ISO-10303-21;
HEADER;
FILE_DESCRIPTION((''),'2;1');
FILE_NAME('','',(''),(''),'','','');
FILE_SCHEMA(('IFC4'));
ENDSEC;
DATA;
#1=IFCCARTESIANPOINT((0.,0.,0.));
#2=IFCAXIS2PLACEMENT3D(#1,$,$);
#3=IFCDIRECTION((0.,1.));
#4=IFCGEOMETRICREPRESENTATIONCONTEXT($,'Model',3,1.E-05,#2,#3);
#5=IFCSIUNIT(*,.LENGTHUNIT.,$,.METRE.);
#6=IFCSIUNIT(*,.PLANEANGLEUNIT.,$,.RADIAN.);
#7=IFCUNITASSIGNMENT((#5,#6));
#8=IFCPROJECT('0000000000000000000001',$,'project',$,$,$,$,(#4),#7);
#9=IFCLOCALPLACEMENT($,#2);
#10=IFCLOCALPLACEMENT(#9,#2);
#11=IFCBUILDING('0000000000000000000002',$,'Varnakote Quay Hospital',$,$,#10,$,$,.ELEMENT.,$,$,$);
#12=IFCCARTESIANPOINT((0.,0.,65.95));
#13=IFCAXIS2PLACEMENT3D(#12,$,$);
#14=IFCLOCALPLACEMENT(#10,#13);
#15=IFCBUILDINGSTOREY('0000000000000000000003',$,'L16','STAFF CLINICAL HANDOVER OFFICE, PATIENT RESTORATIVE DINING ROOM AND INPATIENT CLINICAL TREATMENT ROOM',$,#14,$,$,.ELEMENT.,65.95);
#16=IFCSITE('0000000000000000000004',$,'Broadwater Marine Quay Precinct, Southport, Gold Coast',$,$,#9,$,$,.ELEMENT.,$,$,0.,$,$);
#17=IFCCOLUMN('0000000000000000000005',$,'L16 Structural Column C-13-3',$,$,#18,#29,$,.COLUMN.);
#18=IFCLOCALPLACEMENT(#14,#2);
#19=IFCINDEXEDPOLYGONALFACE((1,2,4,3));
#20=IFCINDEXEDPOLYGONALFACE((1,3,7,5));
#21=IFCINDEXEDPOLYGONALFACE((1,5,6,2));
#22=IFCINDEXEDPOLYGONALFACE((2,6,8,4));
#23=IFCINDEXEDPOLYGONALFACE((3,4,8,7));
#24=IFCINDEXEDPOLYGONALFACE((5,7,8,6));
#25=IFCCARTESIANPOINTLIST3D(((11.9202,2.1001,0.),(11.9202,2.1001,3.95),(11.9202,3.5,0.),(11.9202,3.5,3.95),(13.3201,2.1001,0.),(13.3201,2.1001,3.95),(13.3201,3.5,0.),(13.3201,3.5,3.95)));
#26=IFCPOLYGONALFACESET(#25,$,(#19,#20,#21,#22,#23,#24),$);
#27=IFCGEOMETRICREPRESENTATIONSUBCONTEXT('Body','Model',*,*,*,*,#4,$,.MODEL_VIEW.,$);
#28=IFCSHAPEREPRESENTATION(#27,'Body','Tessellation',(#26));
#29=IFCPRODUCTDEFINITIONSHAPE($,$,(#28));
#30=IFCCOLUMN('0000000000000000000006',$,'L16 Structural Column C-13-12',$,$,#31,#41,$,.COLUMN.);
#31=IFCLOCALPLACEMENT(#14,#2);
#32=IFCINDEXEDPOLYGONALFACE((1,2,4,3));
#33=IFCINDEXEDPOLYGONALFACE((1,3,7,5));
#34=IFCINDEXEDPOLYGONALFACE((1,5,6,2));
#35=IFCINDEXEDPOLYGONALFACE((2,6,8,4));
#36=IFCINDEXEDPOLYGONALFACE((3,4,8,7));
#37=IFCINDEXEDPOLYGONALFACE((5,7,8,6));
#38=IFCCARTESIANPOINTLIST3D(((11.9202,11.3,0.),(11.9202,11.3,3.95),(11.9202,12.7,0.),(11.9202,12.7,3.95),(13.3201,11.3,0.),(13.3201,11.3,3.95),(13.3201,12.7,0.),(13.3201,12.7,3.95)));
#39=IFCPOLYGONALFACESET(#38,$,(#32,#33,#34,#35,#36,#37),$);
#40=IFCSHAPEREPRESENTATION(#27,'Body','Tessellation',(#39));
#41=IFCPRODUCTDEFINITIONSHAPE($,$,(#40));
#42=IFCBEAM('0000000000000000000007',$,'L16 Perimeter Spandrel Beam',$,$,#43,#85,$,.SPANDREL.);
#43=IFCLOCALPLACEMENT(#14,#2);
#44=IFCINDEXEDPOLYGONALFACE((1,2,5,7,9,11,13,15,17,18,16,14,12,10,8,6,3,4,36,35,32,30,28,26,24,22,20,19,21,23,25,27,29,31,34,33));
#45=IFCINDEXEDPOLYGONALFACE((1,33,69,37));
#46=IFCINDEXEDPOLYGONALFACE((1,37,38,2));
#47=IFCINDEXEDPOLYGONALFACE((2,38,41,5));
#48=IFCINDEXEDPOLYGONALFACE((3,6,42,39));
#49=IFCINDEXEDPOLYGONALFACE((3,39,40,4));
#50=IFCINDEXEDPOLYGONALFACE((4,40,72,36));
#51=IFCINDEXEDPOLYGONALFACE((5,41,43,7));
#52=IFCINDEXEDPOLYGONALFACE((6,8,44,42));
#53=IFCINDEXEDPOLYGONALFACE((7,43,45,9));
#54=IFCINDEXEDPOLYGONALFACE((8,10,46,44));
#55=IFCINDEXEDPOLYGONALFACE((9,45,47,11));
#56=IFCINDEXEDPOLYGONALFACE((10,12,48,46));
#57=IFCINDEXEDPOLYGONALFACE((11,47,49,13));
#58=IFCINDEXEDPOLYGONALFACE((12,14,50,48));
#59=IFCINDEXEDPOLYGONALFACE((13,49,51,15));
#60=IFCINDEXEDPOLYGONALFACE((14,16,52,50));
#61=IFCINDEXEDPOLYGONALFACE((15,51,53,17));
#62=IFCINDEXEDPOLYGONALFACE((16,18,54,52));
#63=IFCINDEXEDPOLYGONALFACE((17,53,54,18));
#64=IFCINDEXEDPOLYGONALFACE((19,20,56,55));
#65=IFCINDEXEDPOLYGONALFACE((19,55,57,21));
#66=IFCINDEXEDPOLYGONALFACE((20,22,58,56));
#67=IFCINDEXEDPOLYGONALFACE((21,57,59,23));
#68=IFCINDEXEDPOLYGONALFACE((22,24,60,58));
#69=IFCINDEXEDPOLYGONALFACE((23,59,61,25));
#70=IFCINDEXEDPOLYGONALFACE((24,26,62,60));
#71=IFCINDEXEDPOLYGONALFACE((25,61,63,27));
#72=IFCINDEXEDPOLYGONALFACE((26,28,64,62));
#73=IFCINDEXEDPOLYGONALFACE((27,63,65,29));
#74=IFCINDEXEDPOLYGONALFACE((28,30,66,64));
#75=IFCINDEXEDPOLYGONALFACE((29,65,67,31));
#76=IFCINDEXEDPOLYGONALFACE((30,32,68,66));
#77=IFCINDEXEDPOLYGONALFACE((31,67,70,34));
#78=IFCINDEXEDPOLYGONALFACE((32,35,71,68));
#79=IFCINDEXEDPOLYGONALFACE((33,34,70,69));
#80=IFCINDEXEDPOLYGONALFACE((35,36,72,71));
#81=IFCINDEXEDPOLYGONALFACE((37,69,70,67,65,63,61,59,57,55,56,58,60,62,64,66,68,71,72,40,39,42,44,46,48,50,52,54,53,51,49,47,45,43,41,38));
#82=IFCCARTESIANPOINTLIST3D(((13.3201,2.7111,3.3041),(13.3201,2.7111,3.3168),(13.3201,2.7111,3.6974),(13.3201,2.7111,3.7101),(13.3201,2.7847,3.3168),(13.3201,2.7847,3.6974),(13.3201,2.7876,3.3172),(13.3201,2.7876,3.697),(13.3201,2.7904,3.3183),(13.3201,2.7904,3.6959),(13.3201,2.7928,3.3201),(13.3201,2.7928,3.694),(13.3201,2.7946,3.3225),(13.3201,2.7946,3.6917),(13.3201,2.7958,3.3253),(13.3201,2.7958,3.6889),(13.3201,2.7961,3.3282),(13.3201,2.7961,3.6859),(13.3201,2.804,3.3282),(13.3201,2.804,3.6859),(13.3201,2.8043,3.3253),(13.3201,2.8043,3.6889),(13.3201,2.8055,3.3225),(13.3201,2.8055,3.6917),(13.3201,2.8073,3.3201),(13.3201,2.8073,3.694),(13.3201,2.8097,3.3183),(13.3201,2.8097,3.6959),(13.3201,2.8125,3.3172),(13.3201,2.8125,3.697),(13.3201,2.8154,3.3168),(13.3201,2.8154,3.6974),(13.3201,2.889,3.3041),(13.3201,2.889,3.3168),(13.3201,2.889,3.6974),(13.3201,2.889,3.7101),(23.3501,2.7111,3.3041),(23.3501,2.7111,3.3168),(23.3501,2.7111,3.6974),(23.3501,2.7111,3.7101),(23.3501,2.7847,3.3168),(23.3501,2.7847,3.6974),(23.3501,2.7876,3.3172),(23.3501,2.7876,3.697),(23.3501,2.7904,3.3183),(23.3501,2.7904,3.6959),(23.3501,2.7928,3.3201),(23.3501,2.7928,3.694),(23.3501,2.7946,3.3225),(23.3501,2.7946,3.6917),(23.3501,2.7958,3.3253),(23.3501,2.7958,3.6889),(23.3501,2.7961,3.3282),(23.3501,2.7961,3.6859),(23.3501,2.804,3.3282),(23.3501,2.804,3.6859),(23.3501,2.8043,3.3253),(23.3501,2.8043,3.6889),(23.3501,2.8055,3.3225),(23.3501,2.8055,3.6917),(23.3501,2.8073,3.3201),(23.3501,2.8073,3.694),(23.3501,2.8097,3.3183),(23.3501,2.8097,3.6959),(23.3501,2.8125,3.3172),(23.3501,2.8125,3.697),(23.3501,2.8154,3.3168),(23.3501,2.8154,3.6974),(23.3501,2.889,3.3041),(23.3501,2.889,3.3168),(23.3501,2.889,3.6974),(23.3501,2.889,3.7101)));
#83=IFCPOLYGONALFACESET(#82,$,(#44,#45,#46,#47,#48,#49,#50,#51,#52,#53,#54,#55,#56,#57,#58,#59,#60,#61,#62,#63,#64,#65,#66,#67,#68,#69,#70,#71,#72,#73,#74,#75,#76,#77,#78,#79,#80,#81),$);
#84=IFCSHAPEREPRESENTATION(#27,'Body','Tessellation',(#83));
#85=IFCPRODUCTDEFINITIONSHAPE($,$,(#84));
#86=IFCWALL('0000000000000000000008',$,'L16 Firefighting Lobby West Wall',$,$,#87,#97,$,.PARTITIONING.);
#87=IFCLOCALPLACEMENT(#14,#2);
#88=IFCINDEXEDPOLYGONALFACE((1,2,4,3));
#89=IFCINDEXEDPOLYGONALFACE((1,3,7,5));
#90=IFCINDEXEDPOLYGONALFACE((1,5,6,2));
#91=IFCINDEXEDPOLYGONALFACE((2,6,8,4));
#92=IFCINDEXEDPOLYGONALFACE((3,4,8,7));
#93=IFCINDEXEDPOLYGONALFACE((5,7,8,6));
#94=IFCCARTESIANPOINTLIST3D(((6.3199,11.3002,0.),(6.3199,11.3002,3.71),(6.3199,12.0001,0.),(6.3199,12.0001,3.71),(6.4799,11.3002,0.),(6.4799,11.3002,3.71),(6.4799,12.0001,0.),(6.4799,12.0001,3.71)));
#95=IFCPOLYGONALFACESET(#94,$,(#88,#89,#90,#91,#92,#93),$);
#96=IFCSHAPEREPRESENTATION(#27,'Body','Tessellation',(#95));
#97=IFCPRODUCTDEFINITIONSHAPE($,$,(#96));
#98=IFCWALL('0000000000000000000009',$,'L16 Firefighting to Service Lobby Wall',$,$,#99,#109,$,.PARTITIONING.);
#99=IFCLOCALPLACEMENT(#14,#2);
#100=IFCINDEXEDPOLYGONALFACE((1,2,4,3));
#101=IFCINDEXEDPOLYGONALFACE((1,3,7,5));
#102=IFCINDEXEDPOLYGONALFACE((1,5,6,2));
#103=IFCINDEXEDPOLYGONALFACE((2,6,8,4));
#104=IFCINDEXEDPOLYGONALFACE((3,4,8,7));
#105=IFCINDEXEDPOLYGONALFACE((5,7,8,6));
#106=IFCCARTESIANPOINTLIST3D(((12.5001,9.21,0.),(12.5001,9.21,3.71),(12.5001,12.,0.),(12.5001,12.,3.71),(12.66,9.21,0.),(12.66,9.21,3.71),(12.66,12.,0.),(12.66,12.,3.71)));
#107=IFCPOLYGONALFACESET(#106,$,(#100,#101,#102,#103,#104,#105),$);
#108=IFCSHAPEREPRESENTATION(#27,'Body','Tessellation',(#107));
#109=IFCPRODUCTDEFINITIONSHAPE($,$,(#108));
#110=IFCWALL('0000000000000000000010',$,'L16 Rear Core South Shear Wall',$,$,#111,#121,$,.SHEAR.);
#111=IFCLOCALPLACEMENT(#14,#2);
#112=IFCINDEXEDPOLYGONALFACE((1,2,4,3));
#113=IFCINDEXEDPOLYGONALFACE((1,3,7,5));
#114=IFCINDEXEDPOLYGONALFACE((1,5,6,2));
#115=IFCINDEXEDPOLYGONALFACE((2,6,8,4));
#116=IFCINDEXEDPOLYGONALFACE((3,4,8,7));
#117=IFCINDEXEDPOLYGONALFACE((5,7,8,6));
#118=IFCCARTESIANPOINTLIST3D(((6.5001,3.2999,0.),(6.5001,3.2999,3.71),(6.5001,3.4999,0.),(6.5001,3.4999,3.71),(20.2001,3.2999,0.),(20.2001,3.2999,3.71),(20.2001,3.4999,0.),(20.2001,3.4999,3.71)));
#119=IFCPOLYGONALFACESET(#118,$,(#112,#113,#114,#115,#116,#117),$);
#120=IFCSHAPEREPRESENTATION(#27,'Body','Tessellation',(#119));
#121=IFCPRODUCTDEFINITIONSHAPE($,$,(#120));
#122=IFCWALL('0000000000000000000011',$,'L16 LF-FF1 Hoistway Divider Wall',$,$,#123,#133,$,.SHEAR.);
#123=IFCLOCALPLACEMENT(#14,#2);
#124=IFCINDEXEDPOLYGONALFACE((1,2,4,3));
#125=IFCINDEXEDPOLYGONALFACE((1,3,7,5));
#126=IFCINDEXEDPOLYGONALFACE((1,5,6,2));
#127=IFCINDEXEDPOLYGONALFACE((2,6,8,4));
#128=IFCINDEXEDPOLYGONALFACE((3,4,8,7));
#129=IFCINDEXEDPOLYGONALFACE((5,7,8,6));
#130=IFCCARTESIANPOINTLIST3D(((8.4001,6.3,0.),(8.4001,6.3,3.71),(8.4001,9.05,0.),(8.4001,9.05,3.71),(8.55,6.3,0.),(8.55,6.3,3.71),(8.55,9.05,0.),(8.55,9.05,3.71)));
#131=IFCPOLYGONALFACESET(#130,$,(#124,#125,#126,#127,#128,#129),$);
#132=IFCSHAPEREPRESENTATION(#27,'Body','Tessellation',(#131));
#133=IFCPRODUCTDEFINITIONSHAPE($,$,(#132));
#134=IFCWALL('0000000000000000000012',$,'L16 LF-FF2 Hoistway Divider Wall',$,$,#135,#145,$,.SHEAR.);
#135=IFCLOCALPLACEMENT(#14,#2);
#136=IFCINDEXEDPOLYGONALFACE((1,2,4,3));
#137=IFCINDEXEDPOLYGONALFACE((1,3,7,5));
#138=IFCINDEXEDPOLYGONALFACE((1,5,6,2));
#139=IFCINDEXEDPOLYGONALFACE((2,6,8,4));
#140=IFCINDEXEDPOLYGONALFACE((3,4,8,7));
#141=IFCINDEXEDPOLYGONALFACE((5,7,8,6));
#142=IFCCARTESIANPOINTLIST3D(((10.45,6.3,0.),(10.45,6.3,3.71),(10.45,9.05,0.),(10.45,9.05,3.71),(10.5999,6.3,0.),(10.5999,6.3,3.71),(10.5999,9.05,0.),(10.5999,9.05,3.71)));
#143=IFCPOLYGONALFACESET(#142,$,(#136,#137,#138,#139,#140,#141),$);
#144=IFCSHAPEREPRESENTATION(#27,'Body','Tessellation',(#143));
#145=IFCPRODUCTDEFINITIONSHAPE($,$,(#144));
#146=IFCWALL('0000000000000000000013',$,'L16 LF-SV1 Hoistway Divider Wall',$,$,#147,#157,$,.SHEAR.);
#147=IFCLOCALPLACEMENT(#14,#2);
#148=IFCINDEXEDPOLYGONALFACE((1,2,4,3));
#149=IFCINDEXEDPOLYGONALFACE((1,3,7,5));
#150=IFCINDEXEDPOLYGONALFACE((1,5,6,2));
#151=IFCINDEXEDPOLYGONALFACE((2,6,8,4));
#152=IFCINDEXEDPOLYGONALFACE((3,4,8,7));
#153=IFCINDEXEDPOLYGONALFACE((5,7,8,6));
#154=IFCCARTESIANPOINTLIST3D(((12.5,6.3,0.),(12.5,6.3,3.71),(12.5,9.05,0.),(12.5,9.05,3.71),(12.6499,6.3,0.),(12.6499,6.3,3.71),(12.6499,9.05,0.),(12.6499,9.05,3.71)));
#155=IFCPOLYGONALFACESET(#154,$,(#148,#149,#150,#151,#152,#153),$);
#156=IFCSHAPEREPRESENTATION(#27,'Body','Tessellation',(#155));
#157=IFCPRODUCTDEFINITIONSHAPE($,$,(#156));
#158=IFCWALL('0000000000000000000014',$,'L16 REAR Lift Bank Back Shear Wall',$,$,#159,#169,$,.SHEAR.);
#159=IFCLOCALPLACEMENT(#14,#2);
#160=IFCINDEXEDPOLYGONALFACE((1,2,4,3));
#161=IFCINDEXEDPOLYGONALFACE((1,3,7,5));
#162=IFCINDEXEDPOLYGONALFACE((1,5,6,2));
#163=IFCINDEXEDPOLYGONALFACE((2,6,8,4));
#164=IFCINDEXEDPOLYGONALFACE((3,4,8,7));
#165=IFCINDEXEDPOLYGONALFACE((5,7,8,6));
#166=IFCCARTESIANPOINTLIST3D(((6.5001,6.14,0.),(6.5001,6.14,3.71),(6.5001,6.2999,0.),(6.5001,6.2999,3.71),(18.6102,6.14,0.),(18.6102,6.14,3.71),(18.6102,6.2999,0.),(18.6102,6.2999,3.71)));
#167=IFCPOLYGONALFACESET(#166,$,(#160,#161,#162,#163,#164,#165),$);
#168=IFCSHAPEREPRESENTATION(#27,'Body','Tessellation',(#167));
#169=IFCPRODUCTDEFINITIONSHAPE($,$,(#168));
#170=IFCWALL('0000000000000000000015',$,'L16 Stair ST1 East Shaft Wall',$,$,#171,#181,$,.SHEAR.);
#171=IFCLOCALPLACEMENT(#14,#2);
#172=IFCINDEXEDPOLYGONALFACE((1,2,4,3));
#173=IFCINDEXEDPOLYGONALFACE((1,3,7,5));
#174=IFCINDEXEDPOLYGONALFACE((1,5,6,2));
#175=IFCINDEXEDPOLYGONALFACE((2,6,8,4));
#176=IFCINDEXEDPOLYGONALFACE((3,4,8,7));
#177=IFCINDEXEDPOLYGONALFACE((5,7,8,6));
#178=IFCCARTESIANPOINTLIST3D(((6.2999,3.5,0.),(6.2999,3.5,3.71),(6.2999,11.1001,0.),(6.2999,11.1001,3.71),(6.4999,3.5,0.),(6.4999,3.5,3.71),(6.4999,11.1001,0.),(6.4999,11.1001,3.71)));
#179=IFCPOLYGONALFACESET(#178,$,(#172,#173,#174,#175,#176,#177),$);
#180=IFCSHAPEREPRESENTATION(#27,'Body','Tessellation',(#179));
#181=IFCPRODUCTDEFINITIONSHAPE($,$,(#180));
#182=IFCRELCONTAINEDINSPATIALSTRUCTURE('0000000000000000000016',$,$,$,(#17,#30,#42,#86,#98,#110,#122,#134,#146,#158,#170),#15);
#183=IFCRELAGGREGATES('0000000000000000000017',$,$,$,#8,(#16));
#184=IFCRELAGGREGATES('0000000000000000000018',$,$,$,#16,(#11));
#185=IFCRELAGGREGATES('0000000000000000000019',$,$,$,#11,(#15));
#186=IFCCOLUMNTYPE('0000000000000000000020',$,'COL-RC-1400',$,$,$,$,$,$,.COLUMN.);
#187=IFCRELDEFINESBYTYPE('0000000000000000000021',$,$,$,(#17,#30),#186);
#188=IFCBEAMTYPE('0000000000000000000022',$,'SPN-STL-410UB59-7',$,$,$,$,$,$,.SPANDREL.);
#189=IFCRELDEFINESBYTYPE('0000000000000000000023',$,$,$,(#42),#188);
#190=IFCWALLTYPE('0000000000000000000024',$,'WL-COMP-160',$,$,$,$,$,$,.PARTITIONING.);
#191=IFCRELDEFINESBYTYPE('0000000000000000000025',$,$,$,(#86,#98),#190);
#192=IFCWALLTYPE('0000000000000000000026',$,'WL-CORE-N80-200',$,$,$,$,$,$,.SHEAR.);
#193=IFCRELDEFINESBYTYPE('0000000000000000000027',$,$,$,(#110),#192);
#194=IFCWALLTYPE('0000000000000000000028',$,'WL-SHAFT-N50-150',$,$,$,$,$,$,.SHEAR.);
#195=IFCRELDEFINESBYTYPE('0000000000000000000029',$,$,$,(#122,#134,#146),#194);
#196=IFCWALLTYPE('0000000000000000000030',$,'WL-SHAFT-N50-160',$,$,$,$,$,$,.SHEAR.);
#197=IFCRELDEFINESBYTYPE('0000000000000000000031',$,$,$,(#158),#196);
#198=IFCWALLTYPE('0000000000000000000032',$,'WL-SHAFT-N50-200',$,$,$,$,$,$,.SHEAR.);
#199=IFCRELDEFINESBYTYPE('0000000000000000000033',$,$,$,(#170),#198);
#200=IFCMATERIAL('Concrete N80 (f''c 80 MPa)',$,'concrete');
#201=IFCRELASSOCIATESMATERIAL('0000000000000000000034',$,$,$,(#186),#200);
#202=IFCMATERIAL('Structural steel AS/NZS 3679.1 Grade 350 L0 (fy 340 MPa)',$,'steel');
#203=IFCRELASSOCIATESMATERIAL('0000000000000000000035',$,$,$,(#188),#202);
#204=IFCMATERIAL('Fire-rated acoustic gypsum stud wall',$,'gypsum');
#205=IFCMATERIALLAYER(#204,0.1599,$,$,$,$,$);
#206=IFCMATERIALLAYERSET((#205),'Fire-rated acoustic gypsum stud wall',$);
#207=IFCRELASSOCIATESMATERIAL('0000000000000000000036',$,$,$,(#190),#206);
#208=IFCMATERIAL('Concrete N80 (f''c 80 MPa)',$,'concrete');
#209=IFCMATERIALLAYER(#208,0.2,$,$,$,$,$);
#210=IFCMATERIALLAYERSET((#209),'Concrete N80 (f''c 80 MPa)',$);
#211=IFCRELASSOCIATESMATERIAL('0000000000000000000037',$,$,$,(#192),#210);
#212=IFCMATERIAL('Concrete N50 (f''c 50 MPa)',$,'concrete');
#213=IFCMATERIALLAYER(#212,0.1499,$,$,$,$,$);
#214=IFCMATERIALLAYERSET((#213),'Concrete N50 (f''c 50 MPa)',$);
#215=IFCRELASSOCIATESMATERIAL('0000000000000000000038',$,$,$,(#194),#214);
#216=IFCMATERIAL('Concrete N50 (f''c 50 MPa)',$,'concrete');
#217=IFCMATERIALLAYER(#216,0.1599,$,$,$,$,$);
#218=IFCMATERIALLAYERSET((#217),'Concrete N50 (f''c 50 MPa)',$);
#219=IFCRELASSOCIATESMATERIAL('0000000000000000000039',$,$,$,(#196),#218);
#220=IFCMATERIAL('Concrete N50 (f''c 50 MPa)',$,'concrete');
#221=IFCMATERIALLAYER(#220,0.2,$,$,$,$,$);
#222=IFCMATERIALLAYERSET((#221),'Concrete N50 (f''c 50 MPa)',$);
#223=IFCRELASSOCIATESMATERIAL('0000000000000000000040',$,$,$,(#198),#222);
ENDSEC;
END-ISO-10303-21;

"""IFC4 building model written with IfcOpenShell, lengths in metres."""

from ifc_helpers import new_model, si_unit, direction, frame, frame_2d, origin, origin_2d, place, context, subcontext, project, spatial, rectangle, i_section, extrude, material, layer, layer_set, material_profile, profile_set, type_object, element, save


model = new_model("IFC4")

# Units and contexts
model_context = context("Model", 3, precision=1e-05, world=origin(), true_north=direction((0.0, 1.0)))
body_context = subcontext(model_context, "Body", "Model", "MODEL_VIEW")
ifc_project = project(units=[si_unit("LENGTHUNIT", "METRE"), si_unit("PLANEANGLEUNIT", "RADIAN")], contexts=[model_context])

# Site, building, storey
site_placement = place(None, origin())
site = spatial("IfcSite", under=ifc_project, at=site_placement, Name="Broadwater Marine Quay Precinct, Southport, Gold Coast", CompositionType="ELEMENT", RefElevation=0.0)
building_placement = place(site_placement, origin())
building = spatial("IfcBuilding", under=site, at=building_placement, Name="Varnakote Quay Hospital", CompositionType="ELEMENT")
storey_placement = place(building_placement, frame((0.0, 0.0, 65.95)))
storey = spatial("IfcBuildingStorey", under=building, at=storey_placement, Name="L16", Description="STAFF CLINICAL HANDOVER OFFICE, PATIENT RESTORATIVE DINING ROOM AND INPATIENT CLINICAL TREATMENT ROOM", CompositionType="ELEMENT", Elevation=65.95)

# Columns
ifc_material_1 = material(Name="Concrete N80 (f'c 80 MPa)", Category="concrete")
ifc_material_profile_1 = material_profile(ifc_material_1, rectangle(XDim=1.3999, YDim=1.3999, at=origin_2d()), Name="RC-COL-1400x1400")
ifc_profile_set_1 = profile_set([ifc_material_profile_1], Name="Concrete N80 (f'c 80 MPa)")
column_type = type_object("IfcColumnType", Name="COL-RC-1400", PredefinedType="COLUMN", material=ifc_profile_set_1)
for number, where, z_axis, x_axis, name in (
    (1, (12.6201, 2.8, 0.0), (0.0, 0.0, 1.0), (1.0, 0.0, 0.0), "L16 Structural Column C-13-3"),
    (2, (12.6201, 12.0, 0.0), (0.0, 0.0, 1.0), (1.0, 0.0, 0.0), "L16 Structural Column C-13-12"),
):
    element("IfcColumn", number, at=place(storey_placement, frame(where, z_axis=z_axis, x_axis=x_axis)), inside=storey, type_object=column_type, Name=name, PredefinedType="COLUMN", context=body_context, shape_type="SweptSolid", body=[
        extrude(rectangle(XDim=1.3999, YDim=1.3999, at=origin_2d()), origin(), (0.0, 0.0, 1.0), 3.95),
    ])

# Beam
ifc_material_2 = material(Name="Structural steel AS/NZS 3679.1 Grade 350 L0 (fy 340 MPa)", Category="steel")
ifc_material_profile_2 = material_profile(ifc_material_2, i_section(OverallWidth=0.178, OverallDepth=0.406, WebThickness=0.0078, FlangeThickness=0.0127, FilletRadius=0.0115, at=origin_2d()), Name="410UB59.7")
ifc_profile_set_2 = profile_set([ifc_material_profile_2], Name="Structural steel AS/NZS 3679.1 Grade 350 L0 (fy 340 MPa)")
beam_type = type_object("IfcBeamType", Name="SPN-STL-410UB59-7", PredefinedType="SPANDREL", material=ifc_profile_set_2)
beam_placement = place(storey_placement, frame((13.3201, 2.8, 3.5071), z_axis=(1.0, 0.0, 0.0), x_axis=(0.0, 1.0, 0.0)))
element("IfcBeam", 3, at=beam_placement, inside=storey, type_object=beam_type, Name="L16 Perimeter Spandrel Beam", PredefinedType="SPANDREL", context=body_context, shape_type="SweptSolid", body=[
    extrude(i_section(OverallWidth=0.178, OverallDepth=0.406, WebThickness=0.0078, FlangeThickness=0.0127, FilletRadius=0.0115, at=origin_2d()), origin(), (0.0, 0.0, 1.0), 10.03),
])

# Walls
ifc_material_3 = material(Name="Fire-rated acoustic gypsum stud wall", Category="gypsum")
ifc_layer_1 = layer(ifc_material_3, 0.1599)
ifc_layer_set_1 = layer_set([ifc_layer_1], Name="Fire-rated acoustic gypsum stud wall")
wall_type_1 = type_object("IfcWallType", Name="WL-COMP-160", PredefinedType="PARTITIONING", material=ifc_layer_set_1)
wall_1_placement = place(storey_placement, frame((6.3999, 11.3, 0.0), z_axis=(0.0, 0.0, 1.0), x_axis=(0.0, 1.0, 0.0)))
element("IfcWall", 4, at=wall_1_placement, inside=storey, type_object=wall_type_1, Name="L16 Firefighting Lobby West Wall", PredefinedType="PARTITIONING", context=body_context, shape_type="SweptSolid", body=[
    extrude(rectangle(XDim=0.7, YDim=0.1599, at=frame_2d((0.3501, 0.0))), origin(), (0.0, 0.0, 1.0), 3.71),
])
wall_2_placement = place(storey_placement, frame((12.5801, 9.21, 0.0), z_axis=(0.0, 0.0, 1.0), x_axis=(0.0, 1.0, 0.0)))
element("IfcWall", 5, at=wall_2_placement, inside=storey, type_object=wall_type_1, Name="L16 Firefighting to Service Lobby Wall", PredefinedType="PARTITIONING", context=body_context, shape_type="SweptSolid", body=[
    extrude(rectangle(XDim=2.79, YDim=0.1599, at=frame_2d((1.395, 0.0))), origin(), (0.0, 0.0, 1.0), 3.71),
])
ifc_material_4 = material(Name="Concrete N80 (f'c 80 MPa)", Category="concrete")
ifc_layer_2 = layer(ifc_material_4, 0.2)
ifc_layer_set_2 = layer_set([ifc_layer_2], Name="Concrete N80 (f'c 80 MPa)")
wall_type_2 = type_object("IfcWallType", Name="WL-CORE-N80-200", PredefinedType="SHEAR", material=ifc_layer_set_2)
wall_3_placement = place(storey_placement, frame((6.5, 3.3999, 0.0), z_axis=(0.0, 0.0, 1.0), x_axis=(1.0, 0.0, 0.0)))
element("IfcWall", 6, at=wall_3_placement, inside=storey, type_object=wall_type_2, Name="L16 Rear Core South Shear Wall", PredefinedType="SHEAR", context=body_context, shape_type="SweptSolid", body=[
    extrude(rectangle(XDim=13.7, YDim=0.2, at=frame_2d((6.8501, 0.0))), origin(), (0.0, 0.0, 1.0), 3.71),
])
ifc_material_5 = material(Name="Concrete N50 (f'c 50 MPa)", Category="concrete")
ifc_layer_3 = layer(ifc_material_5, 0.1499)
ifc_layer_set_3 = layer_set([ifc_layer_3], Name="Concrete N50 (f'c 50 MPa)")
wall_type_3 = type_object("IfcWallType", Name="WL-SHAFT-N50-150", PredefinedType="SHEAR", material=ifc_layer_set_3)
for number, where, z_axis, x_axis, name in (
    (7, (8.4751, 6.3, 0.0), (0.0, 0.0, 1.0), (0.0, 1.0, 0.0), "L16 LF-FF1 Hoistway Divider Wall"),
    (8, (10.5249, 6.3, 0.0), (0.0, 0.0, 1.0), (0.0, 1.0, 0.0), "L16 LF-FF2 Hoistway Divider Wall"),
    (9, (12.575, 6.3, 0.0), (0.0, 0.0, 1.0), (0.0, 1.0, 0.0), "L16 LF-SV1 Hoistway Divider Wall"),
):
    element("IfcWall", number, at=place(storey_placement, frame(where, z_axis=z_axis, x_axis=x_axis)), inside=storey, type_object=wall_type_3, Name=name, PredefinedType="SHEAR", context=body_context, shape_type="SweptSolid", body=[
        extrude(rectangle(XDim=2.75, YDim=0.1499, at=frame_2d((1.375, 0.0))), origin(), (0.0, 0.0, 1.0), 3.71),
    ])
ifc_material_6 = material(Name="Concrete N50 (f'c 50 MPa)", Category="concrete")
ifc_layer_4 = layer(ifc_material_6, 0.1599)
ifc_layer_set_4 = layer_set([ifc_layer_4], Name="Concrete N50 (f'c 50 MPa)")
wall_type_4 = type_object("IfcWallType", Name="WL-SHAFT-N50-160", PredefinedType="SHEAR", material=ifc_layer_set_4)
wall_4_placement = place(storey_placement, frame((6.5, 6.22, 0.0), z_axis=(0.0, 0.0, 1.0), x_axis=(1.0, 0.0, 0.0)))
element("IfcWall", 10, at=wall_4_placement, inside=storey, type_object=wall_type_4, Name="L16 REAR Lift Bank Back Shear Wall", PredefinedType="SHEAR", context=body_context, shape_type="SweptSolid", body=[
    extrude(rectangle(XDim=12.1101, YDim=0.1599, at=frame_2d((6.0552, 0.0))), origin(), (0.0, 0.0, 1.0), 3.71),
])

# Wall
ifc_material_7 = material(Name="Concrete N50 (f'c 50 MPa)", Category="concrete")
ifc_layer_5 = layer(ifc_material_7, 0.2)
ifc_layer_set_5 = layer_set([ifc_layer_5], Name="Concrete N50 (f'c 50 MPa)")
wall_type_5 = type_object("IfcWallType", Name="WL-SHAFT-N50-200", PredefinedType="SHEAR", material=ifc_layer_set_5)
wall_5_placement = place(storey_placement, frame((6.3999, 3.5, 0.0), z_axis=(0.0, 0.0, 1.0), x_axis=(0.0, 1.0, 0.0)))
element("IfcWall", 11, at=wall_5_placement, inside=storey, type_object=wall_type_5, Name="L16 Stair ST1 East Shaft Wall", PredefinedType="SHEAR", context=body_context, shape_type="SweptSolid", body=[
    extrude(rectangle(XDim=7.6001, YDim=0.2, at=frame_2d((3.8, 0.0))), origin(), (0.0, 0.0, 1.0), 3.71),
])

save(model, "model.ifc")
